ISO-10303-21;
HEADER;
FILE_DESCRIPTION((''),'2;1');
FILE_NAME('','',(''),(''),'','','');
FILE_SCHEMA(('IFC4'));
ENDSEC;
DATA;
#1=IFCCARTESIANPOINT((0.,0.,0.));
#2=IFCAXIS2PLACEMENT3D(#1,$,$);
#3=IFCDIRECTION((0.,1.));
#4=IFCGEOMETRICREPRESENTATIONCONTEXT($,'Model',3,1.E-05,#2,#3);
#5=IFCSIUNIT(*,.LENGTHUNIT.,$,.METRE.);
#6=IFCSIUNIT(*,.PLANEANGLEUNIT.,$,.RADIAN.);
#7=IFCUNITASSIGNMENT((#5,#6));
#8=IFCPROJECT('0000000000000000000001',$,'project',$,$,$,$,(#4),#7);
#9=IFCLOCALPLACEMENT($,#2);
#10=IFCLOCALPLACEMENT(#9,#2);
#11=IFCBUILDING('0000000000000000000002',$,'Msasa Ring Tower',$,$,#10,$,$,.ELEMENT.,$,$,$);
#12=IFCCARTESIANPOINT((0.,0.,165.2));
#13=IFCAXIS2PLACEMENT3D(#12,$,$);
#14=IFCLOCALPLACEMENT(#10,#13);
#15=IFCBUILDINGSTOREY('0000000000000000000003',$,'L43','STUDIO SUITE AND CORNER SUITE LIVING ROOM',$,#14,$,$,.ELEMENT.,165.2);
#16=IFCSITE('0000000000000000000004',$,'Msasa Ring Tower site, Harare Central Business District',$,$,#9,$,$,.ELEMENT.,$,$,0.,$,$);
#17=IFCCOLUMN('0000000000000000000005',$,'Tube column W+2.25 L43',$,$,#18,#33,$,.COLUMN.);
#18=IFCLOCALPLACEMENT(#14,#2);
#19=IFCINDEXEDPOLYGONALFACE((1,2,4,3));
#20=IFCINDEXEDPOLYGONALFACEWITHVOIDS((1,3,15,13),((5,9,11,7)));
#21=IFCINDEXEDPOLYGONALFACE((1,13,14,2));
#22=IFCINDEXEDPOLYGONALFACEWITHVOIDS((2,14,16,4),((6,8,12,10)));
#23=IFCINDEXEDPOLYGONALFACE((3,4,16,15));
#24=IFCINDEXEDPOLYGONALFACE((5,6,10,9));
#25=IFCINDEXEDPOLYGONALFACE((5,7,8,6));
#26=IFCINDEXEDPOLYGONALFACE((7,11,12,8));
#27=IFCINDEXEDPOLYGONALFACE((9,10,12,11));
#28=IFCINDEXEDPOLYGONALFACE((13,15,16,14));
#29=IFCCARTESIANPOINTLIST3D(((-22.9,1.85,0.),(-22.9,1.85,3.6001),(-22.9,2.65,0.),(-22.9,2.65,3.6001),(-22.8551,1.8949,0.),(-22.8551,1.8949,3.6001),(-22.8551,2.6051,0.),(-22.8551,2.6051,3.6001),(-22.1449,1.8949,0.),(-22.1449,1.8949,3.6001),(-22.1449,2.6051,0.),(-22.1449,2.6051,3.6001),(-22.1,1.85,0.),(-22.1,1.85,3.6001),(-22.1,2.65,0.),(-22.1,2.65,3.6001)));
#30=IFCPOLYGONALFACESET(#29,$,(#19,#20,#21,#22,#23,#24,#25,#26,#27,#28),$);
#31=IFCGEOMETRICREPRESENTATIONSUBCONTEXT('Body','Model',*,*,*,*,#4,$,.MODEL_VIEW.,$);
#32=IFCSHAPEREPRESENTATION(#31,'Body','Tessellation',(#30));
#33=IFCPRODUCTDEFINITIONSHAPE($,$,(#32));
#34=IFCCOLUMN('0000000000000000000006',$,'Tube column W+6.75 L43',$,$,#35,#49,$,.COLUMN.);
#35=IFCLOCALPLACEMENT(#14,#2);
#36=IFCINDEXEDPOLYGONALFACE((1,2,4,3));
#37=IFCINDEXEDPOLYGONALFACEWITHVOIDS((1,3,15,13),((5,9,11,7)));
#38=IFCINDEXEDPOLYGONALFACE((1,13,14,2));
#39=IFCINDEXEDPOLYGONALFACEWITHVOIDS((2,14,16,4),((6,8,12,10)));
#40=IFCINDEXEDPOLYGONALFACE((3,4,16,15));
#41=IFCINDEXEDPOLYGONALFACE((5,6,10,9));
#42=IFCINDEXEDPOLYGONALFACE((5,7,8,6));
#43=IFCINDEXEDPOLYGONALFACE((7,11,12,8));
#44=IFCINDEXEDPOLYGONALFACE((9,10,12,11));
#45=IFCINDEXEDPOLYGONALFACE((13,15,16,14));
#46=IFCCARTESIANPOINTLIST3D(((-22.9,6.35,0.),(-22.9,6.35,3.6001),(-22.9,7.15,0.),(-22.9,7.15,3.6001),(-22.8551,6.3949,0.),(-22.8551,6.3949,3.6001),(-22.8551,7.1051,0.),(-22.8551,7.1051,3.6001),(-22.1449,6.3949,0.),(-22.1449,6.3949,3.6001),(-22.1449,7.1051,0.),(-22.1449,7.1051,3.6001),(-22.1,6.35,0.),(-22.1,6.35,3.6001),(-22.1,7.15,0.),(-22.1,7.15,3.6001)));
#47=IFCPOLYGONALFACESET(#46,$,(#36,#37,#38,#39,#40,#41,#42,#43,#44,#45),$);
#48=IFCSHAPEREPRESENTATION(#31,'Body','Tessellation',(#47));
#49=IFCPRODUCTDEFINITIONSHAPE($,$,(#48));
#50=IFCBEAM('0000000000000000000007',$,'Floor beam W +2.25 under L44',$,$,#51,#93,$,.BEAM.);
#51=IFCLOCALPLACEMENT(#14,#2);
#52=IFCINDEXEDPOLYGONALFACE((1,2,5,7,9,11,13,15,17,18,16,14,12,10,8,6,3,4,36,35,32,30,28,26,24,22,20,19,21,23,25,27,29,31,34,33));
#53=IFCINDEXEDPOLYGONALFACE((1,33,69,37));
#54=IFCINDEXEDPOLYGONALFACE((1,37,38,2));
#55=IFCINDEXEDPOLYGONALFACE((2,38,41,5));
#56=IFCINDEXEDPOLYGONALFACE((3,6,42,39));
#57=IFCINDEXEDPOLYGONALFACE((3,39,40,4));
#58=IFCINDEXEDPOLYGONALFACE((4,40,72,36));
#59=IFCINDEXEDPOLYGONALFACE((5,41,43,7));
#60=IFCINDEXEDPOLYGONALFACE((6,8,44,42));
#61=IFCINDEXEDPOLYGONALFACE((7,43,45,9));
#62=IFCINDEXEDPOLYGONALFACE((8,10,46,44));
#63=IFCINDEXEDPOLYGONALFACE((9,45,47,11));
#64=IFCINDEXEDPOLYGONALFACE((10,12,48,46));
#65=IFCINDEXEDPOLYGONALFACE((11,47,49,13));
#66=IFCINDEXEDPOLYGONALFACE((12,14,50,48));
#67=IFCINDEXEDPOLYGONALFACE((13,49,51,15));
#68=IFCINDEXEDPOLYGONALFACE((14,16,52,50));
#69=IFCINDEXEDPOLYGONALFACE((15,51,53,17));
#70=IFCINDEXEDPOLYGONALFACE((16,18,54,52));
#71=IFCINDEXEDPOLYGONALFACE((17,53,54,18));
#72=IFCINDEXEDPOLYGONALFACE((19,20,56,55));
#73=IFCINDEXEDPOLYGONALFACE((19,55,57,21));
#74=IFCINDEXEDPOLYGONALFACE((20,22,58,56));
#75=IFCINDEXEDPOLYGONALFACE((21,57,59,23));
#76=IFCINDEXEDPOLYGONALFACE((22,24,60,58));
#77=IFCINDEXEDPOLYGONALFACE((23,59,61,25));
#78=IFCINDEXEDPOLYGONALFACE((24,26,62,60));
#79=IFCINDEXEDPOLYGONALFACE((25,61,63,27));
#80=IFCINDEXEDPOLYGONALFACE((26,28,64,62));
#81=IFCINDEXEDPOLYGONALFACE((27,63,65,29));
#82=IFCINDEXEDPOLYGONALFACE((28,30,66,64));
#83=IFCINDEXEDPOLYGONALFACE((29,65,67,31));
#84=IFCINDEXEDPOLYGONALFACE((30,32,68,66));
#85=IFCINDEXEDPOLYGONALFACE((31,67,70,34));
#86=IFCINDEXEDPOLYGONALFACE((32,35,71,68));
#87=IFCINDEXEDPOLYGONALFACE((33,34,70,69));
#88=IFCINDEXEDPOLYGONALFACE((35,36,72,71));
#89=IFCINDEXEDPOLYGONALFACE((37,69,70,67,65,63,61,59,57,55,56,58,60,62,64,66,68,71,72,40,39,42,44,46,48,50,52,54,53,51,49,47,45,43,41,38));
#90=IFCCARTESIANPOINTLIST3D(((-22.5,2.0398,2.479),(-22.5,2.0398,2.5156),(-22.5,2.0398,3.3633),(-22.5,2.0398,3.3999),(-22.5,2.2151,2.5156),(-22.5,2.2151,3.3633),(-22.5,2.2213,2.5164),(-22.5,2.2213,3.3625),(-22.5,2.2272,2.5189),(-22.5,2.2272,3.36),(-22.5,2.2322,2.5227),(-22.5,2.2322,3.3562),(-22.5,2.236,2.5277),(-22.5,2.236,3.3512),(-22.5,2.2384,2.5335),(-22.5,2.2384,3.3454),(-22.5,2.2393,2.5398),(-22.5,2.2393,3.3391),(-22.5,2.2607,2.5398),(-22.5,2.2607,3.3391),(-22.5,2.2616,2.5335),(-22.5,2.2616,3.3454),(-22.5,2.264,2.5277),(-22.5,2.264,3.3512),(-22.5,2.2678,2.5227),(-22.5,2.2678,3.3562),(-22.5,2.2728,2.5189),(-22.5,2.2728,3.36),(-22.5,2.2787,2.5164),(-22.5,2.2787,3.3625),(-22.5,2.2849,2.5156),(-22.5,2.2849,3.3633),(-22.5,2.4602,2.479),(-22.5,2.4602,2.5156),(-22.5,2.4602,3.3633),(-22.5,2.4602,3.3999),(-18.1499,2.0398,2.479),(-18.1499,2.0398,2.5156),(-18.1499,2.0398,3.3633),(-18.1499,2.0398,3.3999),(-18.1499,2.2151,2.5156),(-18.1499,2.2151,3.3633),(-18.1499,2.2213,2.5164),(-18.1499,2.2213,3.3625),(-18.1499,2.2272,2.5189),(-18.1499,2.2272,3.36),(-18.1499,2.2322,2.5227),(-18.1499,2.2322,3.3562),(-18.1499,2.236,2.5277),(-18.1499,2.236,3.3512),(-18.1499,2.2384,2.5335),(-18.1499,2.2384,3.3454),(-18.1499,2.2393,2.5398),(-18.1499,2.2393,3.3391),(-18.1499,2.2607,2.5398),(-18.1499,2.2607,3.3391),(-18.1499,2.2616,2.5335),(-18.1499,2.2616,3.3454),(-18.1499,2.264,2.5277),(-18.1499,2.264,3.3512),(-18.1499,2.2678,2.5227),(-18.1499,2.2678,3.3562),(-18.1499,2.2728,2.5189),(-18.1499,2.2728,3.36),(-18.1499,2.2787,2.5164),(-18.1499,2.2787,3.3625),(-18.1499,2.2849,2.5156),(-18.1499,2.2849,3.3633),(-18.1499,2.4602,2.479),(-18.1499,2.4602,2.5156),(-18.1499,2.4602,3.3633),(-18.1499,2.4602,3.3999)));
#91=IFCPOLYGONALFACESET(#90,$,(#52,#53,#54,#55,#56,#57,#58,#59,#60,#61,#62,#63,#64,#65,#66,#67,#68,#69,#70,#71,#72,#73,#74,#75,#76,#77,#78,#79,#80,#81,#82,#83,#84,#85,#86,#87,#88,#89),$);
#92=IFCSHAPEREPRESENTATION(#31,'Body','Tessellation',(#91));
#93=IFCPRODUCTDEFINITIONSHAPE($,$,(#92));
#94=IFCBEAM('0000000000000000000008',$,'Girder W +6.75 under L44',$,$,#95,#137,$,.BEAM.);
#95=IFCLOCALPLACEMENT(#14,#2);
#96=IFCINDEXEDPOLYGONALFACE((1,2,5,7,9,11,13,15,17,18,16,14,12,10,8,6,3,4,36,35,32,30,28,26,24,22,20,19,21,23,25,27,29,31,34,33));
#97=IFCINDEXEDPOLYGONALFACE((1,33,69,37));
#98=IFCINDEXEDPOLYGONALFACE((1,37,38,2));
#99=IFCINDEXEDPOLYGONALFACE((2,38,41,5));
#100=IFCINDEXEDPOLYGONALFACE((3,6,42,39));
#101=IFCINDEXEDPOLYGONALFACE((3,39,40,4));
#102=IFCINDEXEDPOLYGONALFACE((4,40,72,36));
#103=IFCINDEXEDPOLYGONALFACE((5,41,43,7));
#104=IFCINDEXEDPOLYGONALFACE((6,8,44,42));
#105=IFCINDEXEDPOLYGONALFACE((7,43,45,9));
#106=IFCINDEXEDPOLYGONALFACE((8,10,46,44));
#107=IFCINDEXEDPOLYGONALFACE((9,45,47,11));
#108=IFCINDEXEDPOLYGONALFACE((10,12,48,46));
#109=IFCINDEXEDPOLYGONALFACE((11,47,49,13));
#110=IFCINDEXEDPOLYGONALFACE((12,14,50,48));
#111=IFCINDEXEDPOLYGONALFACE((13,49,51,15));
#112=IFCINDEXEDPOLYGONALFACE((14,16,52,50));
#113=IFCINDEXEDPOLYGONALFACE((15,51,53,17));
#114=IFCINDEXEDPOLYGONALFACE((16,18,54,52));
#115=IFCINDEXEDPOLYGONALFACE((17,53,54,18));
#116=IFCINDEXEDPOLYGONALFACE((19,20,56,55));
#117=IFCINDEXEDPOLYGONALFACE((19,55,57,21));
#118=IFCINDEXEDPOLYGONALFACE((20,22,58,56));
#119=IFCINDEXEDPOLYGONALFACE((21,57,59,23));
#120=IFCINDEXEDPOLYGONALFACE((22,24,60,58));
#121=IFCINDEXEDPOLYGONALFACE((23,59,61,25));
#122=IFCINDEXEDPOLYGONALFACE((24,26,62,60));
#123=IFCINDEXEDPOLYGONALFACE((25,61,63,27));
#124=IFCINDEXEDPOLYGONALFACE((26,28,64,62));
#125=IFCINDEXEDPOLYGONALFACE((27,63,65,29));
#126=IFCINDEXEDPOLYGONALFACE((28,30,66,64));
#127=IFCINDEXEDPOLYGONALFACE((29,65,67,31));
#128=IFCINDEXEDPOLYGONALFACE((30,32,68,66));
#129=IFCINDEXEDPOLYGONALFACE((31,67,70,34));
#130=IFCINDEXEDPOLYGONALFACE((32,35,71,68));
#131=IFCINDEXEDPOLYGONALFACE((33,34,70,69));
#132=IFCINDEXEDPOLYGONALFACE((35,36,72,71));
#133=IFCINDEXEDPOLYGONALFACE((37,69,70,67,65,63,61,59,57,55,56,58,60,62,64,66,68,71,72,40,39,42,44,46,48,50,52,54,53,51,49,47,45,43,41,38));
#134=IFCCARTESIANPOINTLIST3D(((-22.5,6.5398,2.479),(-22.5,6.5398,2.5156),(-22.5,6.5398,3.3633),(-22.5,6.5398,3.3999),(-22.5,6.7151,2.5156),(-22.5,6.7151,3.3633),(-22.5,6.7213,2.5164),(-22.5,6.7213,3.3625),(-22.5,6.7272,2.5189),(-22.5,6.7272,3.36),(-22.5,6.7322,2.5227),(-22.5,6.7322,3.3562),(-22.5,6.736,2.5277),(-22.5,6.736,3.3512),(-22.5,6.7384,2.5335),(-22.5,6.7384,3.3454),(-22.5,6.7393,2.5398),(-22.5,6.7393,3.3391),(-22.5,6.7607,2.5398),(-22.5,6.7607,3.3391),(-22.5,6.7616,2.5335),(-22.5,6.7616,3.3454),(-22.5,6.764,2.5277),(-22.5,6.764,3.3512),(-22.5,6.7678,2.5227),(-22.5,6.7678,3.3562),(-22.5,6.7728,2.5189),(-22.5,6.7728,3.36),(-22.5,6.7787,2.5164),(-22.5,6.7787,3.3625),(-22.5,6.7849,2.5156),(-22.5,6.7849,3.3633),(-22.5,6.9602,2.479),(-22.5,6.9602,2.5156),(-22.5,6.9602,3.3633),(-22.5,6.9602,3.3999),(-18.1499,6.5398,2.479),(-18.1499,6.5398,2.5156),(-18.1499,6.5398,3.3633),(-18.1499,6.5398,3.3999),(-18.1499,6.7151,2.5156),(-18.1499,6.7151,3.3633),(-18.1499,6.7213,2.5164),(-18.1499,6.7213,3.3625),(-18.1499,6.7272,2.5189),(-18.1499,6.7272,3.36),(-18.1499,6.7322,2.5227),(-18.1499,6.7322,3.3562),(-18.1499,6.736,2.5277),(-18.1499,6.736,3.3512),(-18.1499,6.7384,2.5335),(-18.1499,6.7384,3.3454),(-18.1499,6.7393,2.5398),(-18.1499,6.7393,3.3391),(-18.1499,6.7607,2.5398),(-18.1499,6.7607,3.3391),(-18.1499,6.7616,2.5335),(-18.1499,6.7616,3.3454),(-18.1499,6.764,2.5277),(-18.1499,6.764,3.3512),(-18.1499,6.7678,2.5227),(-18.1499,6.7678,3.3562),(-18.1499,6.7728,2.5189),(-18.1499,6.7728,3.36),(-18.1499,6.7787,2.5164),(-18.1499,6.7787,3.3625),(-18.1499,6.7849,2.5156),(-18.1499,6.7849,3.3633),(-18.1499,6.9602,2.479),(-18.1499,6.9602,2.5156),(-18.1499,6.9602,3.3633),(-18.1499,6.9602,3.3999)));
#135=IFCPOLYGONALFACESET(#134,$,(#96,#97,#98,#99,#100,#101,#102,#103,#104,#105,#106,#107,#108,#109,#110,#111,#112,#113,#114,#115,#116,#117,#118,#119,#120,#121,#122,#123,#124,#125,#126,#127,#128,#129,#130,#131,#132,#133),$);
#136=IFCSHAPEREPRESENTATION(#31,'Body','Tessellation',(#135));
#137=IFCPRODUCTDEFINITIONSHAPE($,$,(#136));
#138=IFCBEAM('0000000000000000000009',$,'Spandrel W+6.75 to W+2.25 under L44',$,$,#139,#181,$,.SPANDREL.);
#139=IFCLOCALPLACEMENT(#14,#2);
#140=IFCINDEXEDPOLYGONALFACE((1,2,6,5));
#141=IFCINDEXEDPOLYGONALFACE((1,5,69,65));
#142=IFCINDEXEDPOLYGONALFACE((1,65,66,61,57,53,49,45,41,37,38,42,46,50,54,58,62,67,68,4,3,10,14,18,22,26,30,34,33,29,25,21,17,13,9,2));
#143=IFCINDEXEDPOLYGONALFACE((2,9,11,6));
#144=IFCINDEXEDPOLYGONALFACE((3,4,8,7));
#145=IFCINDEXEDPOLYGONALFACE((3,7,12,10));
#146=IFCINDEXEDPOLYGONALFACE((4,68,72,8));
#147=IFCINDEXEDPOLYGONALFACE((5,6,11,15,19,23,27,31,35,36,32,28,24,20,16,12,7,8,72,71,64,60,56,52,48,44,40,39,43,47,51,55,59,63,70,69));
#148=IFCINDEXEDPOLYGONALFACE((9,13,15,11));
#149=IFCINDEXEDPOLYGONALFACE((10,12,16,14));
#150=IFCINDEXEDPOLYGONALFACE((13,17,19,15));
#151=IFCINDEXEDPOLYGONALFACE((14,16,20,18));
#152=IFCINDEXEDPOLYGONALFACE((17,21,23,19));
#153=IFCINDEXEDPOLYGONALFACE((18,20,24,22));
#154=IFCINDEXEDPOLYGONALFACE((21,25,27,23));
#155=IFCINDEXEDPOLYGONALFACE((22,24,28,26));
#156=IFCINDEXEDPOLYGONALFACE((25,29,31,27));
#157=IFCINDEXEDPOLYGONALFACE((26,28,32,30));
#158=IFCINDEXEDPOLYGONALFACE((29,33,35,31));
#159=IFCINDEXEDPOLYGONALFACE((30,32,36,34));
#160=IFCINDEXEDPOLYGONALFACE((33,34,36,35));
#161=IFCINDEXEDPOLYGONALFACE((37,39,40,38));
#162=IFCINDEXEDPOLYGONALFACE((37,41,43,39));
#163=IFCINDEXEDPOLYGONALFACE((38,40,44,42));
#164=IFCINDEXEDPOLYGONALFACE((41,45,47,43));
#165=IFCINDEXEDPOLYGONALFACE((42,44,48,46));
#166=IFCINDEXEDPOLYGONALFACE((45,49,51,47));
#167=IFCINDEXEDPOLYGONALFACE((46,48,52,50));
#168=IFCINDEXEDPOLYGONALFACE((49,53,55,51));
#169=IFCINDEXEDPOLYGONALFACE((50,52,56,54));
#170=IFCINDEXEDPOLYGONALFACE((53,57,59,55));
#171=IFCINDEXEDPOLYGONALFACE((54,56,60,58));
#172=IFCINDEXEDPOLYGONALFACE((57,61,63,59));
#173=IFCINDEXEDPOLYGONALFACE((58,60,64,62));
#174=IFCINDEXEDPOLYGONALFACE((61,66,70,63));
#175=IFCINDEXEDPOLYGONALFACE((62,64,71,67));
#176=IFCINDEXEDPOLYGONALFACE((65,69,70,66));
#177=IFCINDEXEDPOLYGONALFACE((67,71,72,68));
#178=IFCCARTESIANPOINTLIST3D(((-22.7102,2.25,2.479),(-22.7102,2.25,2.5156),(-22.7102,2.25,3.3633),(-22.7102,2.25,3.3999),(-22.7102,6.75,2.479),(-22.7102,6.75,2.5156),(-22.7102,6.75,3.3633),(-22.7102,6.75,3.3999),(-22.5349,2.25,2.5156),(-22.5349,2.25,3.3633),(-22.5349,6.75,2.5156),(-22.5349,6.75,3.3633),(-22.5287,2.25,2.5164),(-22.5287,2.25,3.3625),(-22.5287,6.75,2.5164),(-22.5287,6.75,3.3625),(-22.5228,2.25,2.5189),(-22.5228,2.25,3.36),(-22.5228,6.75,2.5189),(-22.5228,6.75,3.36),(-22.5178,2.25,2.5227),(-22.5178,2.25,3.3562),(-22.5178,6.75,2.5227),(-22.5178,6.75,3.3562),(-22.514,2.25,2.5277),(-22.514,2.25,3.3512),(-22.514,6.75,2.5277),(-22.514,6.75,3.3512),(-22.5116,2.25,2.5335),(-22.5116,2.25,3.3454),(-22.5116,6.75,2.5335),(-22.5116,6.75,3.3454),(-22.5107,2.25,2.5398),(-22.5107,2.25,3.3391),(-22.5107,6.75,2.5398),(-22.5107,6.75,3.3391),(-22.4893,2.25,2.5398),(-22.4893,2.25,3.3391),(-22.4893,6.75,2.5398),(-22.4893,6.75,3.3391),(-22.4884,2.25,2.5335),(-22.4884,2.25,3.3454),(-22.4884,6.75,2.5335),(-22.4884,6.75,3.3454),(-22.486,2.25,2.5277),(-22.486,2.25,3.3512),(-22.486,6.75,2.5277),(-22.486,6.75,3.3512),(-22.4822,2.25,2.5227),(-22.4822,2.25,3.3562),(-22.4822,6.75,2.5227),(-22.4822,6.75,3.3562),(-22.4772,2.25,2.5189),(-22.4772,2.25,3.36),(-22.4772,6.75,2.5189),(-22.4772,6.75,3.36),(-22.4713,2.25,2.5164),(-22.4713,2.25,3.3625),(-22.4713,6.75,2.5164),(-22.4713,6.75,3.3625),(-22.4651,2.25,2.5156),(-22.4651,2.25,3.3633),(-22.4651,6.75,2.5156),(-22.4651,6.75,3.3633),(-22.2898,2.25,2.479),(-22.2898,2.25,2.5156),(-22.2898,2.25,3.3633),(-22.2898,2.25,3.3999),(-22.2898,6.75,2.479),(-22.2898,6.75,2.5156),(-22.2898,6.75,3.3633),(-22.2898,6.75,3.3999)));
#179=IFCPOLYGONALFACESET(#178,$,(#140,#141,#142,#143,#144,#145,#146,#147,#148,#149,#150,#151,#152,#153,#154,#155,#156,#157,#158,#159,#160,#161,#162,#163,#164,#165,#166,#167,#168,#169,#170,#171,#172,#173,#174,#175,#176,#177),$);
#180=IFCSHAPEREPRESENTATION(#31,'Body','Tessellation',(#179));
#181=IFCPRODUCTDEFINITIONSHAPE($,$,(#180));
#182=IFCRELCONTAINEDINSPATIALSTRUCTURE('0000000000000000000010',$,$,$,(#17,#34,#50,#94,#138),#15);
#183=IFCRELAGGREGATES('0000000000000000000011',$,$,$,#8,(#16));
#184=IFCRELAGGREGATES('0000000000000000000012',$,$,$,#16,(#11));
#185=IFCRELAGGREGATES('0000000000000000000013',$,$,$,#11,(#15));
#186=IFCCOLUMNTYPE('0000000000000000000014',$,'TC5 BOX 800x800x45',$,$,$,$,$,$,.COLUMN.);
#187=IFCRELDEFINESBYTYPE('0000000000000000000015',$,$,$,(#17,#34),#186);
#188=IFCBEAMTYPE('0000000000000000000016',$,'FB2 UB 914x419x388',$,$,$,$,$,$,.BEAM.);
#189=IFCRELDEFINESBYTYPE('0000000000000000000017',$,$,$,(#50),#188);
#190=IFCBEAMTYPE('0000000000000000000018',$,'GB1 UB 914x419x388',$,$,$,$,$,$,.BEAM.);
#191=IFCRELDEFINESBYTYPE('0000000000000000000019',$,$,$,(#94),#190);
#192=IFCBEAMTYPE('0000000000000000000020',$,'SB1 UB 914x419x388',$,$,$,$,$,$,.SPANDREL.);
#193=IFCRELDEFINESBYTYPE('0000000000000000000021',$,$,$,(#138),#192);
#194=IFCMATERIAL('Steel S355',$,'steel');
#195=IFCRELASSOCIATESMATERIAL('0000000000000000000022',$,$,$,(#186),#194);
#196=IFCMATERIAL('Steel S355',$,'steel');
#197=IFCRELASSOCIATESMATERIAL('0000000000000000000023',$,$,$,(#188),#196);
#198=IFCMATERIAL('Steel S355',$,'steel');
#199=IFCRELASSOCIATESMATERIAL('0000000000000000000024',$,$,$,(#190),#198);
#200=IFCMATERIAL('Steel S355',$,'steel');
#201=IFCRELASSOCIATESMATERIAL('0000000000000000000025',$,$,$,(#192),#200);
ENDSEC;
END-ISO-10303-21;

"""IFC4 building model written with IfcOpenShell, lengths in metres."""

from ifc_helpers import new_model, si_unit, direction, frame, origin, origin_2d, place, context, subcontext, project, spatial, hollow_rectangle, i_section, extrude, material, material_profile, profile_set, type_object, element, save


model = new_model("IFC4")

# Units and contexts
model_context = context("Model", 3, precision=1e-05, world=origin(), true_north=direction((0.0, 1.0)))
body_context = subcontext(model_context, "Body", "Model", "MODEL_VIEW")
ifc_project = project(units=[si_unit("LENGTHUNIT", "METRE"), si_unit("PLANEANGLEUNIT", "RADIAN")], contexts=[model_context])

# Site, building, storey
site_placement = place(None, origin())
site = spatial("IfcSite", under=ifc_project, at=site_placement, Name="Msasa Ring Tower site, Harare Central Business District", CompositionType="ELEMENT", RefElevation=0.0)
building_placement = place(site_placement, origin())
building = spatial("IfcBuilding", under=site, at=building_placement, Name="Msasa Ring Tower", CompositionType="ELEMENT")
storey_placement = place(building_placement, frame((0.0, 0.0, 165.2)))
storey = spatial("IfcBuildingStorey", under=building, at=storey_placement, Name="L43", Description="STUDIO SUITE AND CORNER SUITE LIVING ROOM", CompositionType="ELEMENT", Elevation=165.2)

# Columns
ifc_material_1 = material(Name="Steel S355", Category="steel")
ifc_material_profile_1 = material_profile(ifc_material_1, hollow_rectangle(XDim=0.8, YDim=0.8, WallThickness=0.0449, at=origin_2d()), Name="BOX 800x800x45")
ifc_profile_set_1 = profile_set([ifc_material_profile_1], Name="Steel S355")
column_type = type_object("IfcColumnType", Name="TC5 BOX 800x800x45", PredefinedType="COLUMN", material=ifc_profile_set_1)
for number, where, z_axis, x_axis, name in (
    (1, (-22.5, 2.25, 0.0), (0.0, 0.0, 1.0), (1.0, 0.0, 0.0), "Tube column W+2.25 L43"),
    (2, (-22.5, 6.75, 0.0), (0.0, 0.0, 1.0), (1.0, 0.0, 0.0), "Tube column W+6.75 L43"),
):
    element("IfcColumn", number, at=place(storey_placement, frame(where, z_axis=z_axis, x_axis=x_axis)), inside=storey, type_object=column_type, Name=name, PredefinedType="COLUMN", context=body_context, shape_type="SweptSolid", body=[
        extrude(hollow_rectangle(XDim=0.8, YDim=0.8, WallThickness=0.0449, at=origin_2d()), origin(), (0.0, 0.0, 1.0), 3.6001),
    ])

# Beams
ifc_material_2 = material(Name="Steel S355", Category="steel")
ifc_material_profile_2 = material_profile(ifc_material_2, i_section(OverallWidth=0.4204, OverallDepth=0.9209, WebThickness=0.0215, FlangeThickness=0.0366, FilletRadius=0.0242, at=origin_2d()), Name="UB 914x419x388")
ifc_profile_set_2 = profile_set([ifc_material_profile_2], Name="Steel S355")
beam_type_1 = type_object("IfcBeamType", Name="FB2 UB 914x419x388", PredefinedType="BEAM", material=ifc_profile_set_2)
beam_1_placement = place(storey_placement, frame((-22.5, 2.25, 2.9395), z_axis=(1.0, 0.0, 0.0), x_axis=(0.0, 1.0, 0.0)))
element("IfcBeam", 3, at=beam_1_placement, inside=storey, type_object=beam_type_1, Name="Floor beam W +2.25 under L44", PredefinedType="BEAM", context=body_context, shape_type="SweptSolid", body=[
    extrude(i_section(OverallWidth=0.4204, OverallDepth=0.9209, WebThickness=0.0215, FlangeThickness=0.0366, FilletRadius=0.0242, at=origin_2d()), origin(), (0.0, 0.0, 1.0), 4.3501),
])
ifc_material_3 = material(Name="Steel S355", Category="steel")
ifc_material_profile_3 = material_profile(ifc_material_3, i_section(OverallWidth=0.4204, OverallDepth=0.9209, WebThickness=0.0215, FlangeThickness=0.0366, FilletRadius=0.0242, at=origin_2d()), Name="UB 914x419x388")
ifc_profile_set_3 = profile_set([ifc_material_profile_3], Name="Steel S355")
beam_type_2 = type_object("IfcBeamType", Name="GB1 UB 914x419x388", PredefinedType="BEAM", material=ifc_profile_set_3)
beam_2_placement = place(storey_placement, frame((-18.1499, 6.75, 2.9395), z_axis=(-1.0, 0.0, 0.0), x_axis=(0.0, -1.0, 0.0)))
element("IfcBeam", 4, at=beam_2_placement, inside=storey, type_object=beam_type_2, Name="Girder W +6.75 under L44", PredefinedType="BEAM", context=body_context, shape_type="SweptSolid", body=[
    extrude(i_section(OverallWidth=0.4204, OverallDepth=0.9209, WebThickness=0.0215, FlangeThickness=0.0366, FilletRadius=0.0242, at=origin_2d()), origin(), (0.0, 0.0, 1.0), 4.3501),
])
ifc_material_4 = material(Name="Steel S355", Category="steel")
ifc_material_profile_4 = material_profile(ifc_material_4, i_section(OverallWidth=0.4204, OverallDepth=0.9209, WebThickness=0.0215, FlangeThickness=0.0366, FilletRadius=0.0242, at=origin_2d()), Name="UB 914x419x388")
ifc_profile_set_4 = profile_set([ifc_material_profile_4], Name="Steel S355")
beam_type_3 = type_object("IfcBeamType", Name="SB1 UB 914x419x388", PredefinedType="SPANDREL", material=ifc_profile_set_4)
for number, where, z_axis, x_axis, name in (
    (5, (-22.5, 6.75, 2.9395), (0.0, -1.0, 0.0), (1.0, 0.0, 0.0), "Spandrel W+6.75 to W+2.25 under L44"),
):
    element("IfcBeam", number, at=place(storey_placement, frame(where, z_axis=z_axis, x_axis=x_axis)), inside=storey, type_object=beam_type_3, Name=name, PredefinedType="SPANDREL", context=body_context, shape_type="SweptSolid", body=[
        extrude(i_section(OverallWidth=0.4204, OverallDepth=0.9209, WebThickness=0.0215, FlangeThickness=0.0366, FilletRadius=0.0242, at=origin_2d()), origin(), (0.0, 0.0, 1.0), 4.5),
    ])

save(model, "model.ifc")
